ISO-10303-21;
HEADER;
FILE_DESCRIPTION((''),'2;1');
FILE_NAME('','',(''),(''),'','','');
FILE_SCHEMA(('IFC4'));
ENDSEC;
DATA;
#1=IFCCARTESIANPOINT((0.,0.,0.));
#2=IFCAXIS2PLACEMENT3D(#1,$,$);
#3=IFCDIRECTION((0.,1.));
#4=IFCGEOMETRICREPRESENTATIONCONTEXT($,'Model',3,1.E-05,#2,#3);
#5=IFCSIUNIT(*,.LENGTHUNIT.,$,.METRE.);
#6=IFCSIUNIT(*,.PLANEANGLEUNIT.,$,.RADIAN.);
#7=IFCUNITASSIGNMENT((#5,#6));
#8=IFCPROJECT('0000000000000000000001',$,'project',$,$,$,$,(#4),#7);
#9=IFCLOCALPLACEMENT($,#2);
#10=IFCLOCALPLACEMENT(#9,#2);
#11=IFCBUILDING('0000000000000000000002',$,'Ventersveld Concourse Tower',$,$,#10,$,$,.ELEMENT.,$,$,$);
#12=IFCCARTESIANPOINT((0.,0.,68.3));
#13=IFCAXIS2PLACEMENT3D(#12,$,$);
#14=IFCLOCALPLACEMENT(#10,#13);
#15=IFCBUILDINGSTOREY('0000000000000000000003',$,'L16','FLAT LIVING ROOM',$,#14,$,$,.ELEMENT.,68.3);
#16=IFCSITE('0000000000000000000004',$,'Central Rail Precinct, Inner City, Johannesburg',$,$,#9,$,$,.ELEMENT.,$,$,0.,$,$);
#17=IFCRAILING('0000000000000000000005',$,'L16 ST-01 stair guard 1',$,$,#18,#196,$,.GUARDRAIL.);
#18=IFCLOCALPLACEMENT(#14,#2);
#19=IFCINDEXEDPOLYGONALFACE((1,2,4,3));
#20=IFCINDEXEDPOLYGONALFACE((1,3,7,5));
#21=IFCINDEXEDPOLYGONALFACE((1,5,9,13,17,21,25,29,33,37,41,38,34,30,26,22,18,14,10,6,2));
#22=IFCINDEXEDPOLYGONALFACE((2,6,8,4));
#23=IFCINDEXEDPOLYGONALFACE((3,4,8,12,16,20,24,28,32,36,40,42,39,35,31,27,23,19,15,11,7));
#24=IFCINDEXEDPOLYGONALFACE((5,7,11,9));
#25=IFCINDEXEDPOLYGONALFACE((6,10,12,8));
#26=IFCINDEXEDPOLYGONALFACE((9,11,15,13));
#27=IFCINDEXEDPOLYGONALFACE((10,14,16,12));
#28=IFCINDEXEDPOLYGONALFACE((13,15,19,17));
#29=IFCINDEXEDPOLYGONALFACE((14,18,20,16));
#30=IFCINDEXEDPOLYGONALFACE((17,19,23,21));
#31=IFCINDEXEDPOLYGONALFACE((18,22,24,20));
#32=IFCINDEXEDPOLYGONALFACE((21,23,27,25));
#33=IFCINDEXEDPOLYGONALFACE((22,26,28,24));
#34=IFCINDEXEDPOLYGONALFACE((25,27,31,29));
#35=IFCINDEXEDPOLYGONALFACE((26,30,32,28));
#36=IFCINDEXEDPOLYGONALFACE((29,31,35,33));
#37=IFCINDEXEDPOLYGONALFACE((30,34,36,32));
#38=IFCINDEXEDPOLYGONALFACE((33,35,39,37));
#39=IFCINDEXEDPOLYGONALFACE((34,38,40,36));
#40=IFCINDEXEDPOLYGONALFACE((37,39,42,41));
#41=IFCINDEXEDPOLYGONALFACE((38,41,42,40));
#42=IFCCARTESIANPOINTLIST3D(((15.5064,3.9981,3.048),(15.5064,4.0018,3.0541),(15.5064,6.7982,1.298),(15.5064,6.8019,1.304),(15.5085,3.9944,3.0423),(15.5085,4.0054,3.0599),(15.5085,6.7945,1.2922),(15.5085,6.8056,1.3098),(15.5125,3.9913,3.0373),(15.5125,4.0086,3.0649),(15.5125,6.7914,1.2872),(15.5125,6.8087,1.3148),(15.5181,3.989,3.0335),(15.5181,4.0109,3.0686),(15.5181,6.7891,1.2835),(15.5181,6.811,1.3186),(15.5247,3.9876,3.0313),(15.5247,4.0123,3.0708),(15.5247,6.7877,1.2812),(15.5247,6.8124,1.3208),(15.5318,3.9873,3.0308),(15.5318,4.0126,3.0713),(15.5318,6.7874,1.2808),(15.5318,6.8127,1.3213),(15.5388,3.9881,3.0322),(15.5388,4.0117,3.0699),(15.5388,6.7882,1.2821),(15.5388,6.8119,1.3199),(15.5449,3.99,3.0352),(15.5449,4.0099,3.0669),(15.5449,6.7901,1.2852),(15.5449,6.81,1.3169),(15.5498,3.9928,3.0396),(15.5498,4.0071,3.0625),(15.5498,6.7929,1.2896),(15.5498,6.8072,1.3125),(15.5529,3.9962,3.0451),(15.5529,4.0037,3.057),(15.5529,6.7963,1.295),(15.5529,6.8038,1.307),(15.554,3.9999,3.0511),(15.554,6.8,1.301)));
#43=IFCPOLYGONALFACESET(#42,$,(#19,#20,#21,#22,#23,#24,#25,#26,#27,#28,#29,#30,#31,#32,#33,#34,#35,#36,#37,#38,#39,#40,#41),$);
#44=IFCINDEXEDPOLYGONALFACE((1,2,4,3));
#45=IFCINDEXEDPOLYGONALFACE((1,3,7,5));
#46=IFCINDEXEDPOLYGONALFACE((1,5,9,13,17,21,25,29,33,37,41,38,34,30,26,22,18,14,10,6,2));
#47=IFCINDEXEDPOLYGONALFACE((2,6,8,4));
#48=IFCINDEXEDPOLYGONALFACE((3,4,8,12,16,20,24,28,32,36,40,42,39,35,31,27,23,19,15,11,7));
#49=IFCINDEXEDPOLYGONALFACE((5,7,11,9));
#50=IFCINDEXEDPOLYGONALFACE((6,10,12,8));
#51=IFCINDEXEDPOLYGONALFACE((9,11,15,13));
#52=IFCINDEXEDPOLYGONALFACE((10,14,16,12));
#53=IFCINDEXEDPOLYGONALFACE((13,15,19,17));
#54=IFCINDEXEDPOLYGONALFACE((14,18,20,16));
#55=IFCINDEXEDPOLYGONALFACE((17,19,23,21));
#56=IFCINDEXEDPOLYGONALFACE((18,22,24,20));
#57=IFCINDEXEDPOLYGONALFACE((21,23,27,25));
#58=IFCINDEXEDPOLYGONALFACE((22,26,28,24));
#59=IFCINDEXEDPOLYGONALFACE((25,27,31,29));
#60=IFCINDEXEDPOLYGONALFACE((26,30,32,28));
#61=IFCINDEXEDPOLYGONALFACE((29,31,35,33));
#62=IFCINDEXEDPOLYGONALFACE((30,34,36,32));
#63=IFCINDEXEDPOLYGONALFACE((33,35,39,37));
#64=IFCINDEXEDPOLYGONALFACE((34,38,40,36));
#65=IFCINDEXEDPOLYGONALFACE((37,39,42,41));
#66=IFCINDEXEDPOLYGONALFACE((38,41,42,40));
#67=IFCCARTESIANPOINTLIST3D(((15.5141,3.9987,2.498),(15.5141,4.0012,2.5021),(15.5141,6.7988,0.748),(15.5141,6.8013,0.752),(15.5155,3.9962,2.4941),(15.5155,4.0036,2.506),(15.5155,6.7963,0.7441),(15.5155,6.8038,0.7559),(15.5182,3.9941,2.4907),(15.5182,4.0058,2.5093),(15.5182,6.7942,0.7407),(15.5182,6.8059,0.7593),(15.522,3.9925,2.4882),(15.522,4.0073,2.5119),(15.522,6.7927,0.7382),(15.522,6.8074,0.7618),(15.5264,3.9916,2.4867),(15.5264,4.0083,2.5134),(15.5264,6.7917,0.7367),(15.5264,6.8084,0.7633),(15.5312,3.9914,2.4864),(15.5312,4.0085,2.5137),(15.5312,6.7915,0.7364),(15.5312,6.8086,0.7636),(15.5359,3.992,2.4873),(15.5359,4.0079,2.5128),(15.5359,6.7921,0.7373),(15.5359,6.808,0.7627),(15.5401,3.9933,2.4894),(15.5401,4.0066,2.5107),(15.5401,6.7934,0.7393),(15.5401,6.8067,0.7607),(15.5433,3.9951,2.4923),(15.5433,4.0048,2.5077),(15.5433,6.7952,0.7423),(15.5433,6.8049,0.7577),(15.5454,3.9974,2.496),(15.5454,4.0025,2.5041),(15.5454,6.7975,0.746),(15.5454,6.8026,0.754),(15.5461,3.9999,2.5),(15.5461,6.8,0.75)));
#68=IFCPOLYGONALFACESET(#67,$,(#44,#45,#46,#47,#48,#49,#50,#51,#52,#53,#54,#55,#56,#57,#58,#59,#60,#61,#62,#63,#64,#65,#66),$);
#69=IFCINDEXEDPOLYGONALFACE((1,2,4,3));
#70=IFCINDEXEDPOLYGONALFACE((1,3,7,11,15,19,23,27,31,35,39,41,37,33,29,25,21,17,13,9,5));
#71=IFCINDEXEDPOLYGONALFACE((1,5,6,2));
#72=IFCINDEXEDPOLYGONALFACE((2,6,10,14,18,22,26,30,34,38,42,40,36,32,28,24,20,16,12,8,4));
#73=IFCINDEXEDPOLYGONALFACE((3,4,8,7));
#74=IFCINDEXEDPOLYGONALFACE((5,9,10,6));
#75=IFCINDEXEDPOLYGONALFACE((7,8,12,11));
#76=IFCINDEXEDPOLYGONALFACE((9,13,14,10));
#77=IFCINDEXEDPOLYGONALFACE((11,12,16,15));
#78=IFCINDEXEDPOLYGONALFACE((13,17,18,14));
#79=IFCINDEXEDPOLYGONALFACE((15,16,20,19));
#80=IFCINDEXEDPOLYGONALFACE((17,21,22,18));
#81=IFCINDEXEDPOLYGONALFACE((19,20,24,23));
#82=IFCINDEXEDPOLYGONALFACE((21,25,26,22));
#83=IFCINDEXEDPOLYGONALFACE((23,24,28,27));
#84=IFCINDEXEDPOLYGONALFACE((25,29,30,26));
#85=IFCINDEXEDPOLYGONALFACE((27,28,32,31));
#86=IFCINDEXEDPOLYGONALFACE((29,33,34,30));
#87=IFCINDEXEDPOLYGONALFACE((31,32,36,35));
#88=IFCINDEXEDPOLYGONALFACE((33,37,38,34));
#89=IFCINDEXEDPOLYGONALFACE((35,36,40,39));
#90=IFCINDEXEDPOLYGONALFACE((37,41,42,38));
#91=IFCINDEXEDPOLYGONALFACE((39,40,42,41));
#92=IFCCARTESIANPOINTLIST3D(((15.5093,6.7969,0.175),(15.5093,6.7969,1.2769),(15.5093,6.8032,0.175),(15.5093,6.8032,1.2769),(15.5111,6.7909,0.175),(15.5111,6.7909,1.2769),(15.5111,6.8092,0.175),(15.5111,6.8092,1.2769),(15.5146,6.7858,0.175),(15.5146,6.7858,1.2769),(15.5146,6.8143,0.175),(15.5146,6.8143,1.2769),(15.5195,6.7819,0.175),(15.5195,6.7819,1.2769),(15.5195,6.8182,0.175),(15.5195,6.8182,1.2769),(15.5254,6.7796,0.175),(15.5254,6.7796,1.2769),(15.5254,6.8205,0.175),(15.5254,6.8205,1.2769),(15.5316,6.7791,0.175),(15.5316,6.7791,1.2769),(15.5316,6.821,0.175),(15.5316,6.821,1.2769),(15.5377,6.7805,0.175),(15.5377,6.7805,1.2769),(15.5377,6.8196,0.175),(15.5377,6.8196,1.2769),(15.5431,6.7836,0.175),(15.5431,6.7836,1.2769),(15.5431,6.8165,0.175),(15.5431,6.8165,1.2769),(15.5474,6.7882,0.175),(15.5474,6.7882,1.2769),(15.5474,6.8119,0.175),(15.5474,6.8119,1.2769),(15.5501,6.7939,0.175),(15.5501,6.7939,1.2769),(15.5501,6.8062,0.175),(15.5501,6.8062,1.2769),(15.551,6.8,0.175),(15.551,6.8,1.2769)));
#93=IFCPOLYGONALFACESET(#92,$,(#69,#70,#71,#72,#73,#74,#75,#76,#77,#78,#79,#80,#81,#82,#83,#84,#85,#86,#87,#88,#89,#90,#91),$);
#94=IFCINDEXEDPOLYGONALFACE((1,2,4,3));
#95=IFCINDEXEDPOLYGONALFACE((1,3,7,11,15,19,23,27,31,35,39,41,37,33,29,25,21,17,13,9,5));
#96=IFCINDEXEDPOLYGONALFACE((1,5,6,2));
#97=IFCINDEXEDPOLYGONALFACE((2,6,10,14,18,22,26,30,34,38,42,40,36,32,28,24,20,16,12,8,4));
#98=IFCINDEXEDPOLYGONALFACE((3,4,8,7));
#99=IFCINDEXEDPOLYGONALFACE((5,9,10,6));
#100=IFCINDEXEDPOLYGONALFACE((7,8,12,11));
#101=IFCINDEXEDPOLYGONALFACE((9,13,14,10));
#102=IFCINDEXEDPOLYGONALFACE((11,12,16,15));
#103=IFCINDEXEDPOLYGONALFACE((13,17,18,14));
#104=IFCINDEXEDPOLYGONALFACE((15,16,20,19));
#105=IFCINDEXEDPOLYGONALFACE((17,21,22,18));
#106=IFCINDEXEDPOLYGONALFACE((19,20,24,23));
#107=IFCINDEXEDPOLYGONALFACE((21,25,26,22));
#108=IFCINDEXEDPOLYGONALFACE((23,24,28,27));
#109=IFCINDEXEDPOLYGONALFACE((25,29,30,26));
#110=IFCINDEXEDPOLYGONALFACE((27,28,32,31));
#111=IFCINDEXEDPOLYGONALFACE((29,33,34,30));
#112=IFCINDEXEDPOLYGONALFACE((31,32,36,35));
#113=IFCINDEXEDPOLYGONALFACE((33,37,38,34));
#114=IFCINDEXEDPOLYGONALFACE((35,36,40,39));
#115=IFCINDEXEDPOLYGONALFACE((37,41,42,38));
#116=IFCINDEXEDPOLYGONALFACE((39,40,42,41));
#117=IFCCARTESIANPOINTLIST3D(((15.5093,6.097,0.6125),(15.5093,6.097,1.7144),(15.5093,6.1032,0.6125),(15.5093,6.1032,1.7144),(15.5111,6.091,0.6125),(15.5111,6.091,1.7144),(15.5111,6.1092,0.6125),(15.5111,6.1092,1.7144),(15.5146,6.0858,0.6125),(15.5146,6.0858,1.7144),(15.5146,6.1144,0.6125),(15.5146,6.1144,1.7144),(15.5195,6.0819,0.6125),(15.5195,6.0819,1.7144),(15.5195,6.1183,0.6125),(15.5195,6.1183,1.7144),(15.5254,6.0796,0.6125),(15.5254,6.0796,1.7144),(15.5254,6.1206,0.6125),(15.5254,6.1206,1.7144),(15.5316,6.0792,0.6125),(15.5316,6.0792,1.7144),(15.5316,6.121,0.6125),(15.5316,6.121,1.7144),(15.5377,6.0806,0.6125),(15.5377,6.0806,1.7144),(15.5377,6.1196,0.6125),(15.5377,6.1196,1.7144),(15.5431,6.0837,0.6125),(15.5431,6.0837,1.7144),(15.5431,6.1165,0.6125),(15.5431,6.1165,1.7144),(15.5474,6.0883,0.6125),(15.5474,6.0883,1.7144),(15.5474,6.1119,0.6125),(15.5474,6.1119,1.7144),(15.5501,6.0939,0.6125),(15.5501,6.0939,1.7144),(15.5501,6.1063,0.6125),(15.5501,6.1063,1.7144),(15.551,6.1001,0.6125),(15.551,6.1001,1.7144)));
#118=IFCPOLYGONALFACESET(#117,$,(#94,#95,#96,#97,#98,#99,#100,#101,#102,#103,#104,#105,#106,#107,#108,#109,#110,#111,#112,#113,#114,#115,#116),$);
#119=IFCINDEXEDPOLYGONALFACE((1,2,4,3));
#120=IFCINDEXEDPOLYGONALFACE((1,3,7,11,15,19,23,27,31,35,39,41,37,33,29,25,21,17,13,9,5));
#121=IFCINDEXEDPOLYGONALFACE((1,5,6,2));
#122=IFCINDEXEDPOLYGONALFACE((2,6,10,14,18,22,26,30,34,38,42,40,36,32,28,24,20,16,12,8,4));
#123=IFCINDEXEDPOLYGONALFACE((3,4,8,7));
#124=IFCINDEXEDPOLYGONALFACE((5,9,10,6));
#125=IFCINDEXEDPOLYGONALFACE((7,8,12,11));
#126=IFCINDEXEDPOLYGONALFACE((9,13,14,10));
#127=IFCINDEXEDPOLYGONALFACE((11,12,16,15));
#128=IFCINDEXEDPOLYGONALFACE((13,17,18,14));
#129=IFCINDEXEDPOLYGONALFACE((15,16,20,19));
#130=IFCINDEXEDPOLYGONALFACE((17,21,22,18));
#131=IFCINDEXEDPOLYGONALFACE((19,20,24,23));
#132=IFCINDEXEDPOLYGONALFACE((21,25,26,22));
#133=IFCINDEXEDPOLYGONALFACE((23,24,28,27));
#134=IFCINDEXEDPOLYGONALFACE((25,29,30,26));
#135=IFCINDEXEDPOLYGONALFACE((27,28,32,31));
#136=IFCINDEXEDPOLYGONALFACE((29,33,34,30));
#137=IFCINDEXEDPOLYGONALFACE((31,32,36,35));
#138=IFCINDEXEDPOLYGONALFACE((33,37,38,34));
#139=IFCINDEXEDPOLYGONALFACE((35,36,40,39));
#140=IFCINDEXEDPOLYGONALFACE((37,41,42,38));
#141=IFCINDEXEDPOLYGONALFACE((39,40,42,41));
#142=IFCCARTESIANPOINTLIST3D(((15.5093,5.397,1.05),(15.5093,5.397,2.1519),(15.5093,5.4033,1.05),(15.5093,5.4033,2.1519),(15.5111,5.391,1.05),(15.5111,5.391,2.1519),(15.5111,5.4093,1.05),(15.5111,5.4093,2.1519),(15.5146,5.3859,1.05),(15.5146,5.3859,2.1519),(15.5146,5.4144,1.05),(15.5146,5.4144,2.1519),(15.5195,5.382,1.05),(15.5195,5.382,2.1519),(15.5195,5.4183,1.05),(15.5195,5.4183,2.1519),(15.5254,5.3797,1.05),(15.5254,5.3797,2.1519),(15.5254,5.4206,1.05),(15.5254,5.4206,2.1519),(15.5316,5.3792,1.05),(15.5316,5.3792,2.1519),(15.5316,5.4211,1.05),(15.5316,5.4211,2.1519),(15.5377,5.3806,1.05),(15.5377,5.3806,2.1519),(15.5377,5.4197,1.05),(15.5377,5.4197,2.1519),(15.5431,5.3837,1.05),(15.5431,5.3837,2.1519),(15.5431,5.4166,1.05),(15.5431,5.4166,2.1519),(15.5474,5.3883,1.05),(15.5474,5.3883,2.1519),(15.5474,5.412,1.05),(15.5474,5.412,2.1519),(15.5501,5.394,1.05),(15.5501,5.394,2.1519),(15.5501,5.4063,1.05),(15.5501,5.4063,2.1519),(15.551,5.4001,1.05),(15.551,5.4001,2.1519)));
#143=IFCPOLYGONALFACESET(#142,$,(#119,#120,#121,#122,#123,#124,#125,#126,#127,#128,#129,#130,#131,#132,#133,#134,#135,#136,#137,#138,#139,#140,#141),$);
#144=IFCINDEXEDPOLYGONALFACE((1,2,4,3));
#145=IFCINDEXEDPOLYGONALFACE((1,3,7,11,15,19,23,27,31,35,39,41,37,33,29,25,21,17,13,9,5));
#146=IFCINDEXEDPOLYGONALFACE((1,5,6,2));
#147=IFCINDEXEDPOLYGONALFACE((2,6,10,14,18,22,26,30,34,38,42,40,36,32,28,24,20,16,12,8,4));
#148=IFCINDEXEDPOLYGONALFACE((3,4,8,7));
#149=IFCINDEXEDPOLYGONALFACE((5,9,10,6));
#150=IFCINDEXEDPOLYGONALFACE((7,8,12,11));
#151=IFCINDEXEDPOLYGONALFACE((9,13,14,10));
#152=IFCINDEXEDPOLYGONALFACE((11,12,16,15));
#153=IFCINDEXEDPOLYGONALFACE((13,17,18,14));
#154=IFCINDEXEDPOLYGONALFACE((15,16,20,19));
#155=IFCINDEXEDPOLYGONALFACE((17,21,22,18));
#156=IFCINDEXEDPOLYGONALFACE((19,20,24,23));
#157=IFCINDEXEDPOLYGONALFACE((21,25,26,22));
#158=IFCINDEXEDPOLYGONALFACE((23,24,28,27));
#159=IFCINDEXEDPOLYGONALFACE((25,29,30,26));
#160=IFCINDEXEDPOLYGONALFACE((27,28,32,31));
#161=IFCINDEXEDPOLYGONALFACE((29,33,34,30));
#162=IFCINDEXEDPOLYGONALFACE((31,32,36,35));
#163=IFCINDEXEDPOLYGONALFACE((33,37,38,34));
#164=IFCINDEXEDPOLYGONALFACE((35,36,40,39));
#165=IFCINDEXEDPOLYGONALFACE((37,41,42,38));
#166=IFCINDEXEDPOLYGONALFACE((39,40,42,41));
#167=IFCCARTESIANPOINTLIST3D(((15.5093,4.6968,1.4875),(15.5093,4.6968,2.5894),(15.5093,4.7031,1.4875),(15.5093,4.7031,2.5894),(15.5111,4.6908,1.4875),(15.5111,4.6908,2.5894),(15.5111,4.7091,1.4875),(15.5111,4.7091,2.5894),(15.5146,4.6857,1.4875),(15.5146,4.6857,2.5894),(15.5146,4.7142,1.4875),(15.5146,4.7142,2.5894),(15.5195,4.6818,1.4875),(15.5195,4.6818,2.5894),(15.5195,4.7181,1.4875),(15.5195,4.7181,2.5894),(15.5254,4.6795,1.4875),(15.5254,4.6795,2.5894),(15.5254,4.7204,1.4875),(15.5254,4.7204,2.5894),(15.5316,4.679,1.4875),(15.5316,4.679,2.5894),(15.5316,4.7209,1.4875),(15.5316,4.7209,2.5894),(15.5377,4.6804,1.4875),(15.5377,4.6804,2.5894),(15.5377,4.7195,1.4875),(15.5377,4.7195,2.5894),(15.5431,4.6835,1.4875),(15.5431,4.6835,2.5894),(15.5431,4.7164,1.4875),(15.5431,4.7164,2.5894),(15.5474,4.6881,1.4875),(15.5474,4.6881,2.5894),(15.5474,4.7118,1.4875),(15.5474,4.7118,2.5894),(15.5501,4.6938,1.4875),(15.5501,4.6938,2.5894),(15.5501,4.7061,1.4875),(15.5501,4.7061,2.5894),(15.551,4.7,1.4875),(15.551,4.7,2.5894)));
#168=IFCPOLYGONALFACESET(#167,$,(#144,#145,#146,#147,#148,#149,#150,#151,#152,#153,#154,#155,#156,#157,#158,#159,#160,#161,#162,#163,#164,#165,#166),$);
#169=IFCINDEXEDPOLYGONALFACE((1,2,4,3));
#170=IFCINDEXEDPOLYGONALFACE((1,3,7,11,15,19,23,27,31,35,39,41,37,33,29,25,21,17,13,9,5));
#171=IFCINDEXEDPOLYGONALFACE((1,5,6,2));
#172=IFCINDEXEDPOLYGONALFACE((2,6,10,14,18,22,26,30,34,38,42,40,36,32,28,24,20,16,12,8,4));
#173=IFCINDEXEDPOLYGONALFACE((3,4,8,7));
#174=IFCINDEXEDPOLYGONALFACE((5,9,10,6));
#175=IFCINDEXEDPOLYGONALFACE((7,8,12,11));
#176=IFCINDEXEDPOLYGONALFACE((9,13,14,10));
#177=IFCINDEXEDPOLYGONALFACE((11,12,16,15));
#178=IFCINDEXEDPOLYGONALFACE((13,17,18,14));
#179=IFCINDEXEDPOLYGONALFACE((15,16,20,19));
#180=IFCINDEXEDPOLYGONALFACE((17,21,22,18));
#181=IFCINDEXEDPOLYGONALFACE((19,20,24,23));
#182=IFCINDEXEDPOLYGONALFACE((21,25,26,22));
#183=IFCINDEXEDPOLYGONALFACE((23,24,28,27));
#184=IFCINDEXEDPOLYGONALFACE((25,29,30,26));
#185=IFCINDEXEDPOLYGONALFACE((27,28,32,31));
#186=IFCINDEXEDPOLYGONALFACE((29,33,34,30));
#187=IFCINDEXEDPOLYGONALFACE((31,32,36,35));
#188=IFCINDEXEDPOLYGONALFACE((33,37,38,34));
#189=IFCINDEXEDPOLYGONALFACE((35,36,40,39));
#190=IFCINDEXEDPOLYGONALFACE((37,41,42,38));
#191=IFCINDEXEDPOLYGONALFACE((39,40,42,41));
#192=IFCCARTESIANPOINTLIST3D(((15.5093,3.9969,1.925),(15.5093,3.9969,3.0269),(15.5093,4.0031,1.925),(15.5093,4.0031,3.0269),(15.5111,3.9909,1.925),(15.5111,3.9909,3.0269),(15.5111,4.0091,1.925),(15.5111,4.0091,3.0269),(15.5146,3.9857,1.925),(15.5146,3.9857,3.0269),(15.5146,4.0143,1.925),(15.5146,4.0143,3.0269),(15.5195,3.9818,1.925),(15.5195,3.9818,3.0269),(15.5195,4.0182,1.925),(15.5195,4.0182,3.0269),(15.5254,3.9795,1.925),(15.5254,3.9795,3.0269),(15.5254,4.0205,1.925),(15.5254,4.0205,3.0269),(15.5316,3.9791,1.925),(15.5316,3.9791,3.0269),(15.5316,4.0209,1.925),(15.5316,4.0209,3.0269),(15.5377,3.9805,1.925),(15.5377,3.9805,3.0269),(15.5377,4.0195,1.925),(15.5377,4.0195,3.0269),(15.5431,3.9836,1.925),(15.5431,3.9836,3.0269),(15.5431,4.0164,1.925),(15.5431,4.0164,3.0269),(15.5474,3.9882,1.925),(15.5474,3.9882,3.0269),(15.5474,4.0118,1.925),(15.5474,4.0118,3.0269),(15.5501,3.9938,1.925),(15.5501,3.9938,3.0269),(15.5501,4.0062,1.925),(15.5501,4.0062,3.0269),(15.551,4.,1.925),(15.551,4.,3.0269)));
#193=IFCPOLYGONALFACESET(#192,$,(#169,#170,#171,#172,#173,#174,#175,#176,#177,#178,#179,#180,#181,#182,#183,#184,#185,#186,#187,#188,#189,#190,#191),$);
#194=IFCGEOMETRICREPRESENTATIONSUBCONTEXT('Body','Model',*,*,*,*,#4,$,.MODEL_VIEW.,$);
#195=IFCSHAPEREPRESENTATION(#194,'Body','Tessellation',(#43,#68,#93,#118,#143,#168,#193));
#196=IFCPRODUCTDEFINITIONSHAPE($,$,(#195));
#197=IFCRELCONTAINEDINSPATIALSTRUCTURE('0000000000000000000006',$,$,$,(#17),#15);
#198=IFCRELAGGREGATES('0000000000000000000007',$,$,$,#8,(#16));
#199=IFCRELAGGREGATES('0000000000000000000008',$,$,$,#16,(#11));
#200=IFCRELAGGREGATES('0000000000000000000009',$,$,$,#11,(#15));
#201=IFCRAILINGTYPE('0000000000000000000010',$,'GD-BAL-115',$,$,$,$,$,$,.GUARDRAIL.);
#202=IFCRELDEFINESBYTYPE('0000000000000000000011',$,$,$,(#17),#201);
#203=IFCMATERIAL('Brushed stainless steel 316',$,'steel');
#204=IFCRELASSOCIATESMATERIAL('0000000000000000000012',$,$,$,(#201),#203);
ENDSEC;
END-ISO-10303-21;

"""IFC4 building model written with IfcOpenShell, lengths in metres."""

from ifc_helpers import new_model, si_unit, direction, frame, origin, origin_2d, place, context, subcontext, project, spatial, circle, extrude, material, type_object, element, save


model = new_model("IFC4")

# Units and contexts
model_context = context("Model", 3, precision=1e-05, world=origin(), true_north=direction((0.0, 1.0)))
body_context = subcontext(model_context, "Body", "Model", "MODEL_VIEW")
ifc_project = project(units=[si_unit("LENGTHUNIT", "METRE"), si_unit("PLANEANGLEUNIT", "RADIAN")], contexts=[model_context])

# Site, building, storey
site_placement = place(None, origin())
site = spatial("IfcSite", under=ifc_project, at=site_placement, Name="Central Rail Precinct, Inner City, Johannesburg", CompositionType="ELEMENT", RefElevation=0.0)
building_placement = place(site_placement, origin())
building = spatial("IfcBuilding", under=site, at=building_placement, Name="Ventersveld Concourse Tower", CompositionType="ELEMENT")
storey_placement = place(building_placement, frame((0.0, 0.0, 68.3)))
storey = spatial("IfcBuildingStorey", under=building, at=storey_placement, Name="L16", Description="FLAT LIVING ROOM", CompositionType="ELEMENT", Elevation=68.3)

# Railing
ifc_material_1 = material(Name="Brushed stainless steel 316", Category="steel")
railing_type_1 = type_object("IfcRailingType", Name="GD-BAL-115", PredefinedType="GUARDRAIL", material=ifc_material_1)
railing_1_placement = place(storey_placement, frame((15.53, 6.8, 0.175)))
element("IfcRailing", 1, at=railing_1_placement, inside=storey, type_object=railing_type_1, Name="L16 ST-01 stair guard 1", PredefinedType="GUARDRAIL", context=body_context, shape_type="SweptSolid", body=[
    extrude(circle(Radius=0.0239, at=origin_2d()), frame((0.0, 0.0, 1.126), z_axis=(0.0, -0.848002, 0.529992), x_axis=(1.0, 0.0, 0.0)), (0.0, 0.0, 1.0), 3.302),
    extrude(circle(Radius=0.0161, at=origin_2d()), frame((0.0, 0.0, 0.575), z_axis=(0.0, -0.848002, 0.529992), x_axis=(1.0, 0.0, 0.0)), (0.0, 0.0, 1.0), 3.302),
    extrude(circle(Radius=0.021, at=origin_2d()), origin(), (0.0, 0.0, 1.0), 1.1018),
    extrude(circle(Radius=0.021, at=origin_2d()), frame((0.0, -0.7, 0.4375)), (0.0, 0.0, 1.0), 1.1018),
    extrude(circle(Radius=0.021, at=origin_2d()), frame((0.0, -1.3999, 0.875)), (0.0, 0.0, 1.0), 1.1018),
    extrude(circle(Radius=0.021, at=origin_2d()), frame((0.0, -2.1001, 1.3125)), (0.0, 0.0, 1.0), 1.1018),
    extrude(circle(Radius=0.021, at=origin_2d()), frame((0.0, -2.8, 1.75)), (0.0, 0.0, 1.0), 1.1018),
])

save(model, "model.ifc")
